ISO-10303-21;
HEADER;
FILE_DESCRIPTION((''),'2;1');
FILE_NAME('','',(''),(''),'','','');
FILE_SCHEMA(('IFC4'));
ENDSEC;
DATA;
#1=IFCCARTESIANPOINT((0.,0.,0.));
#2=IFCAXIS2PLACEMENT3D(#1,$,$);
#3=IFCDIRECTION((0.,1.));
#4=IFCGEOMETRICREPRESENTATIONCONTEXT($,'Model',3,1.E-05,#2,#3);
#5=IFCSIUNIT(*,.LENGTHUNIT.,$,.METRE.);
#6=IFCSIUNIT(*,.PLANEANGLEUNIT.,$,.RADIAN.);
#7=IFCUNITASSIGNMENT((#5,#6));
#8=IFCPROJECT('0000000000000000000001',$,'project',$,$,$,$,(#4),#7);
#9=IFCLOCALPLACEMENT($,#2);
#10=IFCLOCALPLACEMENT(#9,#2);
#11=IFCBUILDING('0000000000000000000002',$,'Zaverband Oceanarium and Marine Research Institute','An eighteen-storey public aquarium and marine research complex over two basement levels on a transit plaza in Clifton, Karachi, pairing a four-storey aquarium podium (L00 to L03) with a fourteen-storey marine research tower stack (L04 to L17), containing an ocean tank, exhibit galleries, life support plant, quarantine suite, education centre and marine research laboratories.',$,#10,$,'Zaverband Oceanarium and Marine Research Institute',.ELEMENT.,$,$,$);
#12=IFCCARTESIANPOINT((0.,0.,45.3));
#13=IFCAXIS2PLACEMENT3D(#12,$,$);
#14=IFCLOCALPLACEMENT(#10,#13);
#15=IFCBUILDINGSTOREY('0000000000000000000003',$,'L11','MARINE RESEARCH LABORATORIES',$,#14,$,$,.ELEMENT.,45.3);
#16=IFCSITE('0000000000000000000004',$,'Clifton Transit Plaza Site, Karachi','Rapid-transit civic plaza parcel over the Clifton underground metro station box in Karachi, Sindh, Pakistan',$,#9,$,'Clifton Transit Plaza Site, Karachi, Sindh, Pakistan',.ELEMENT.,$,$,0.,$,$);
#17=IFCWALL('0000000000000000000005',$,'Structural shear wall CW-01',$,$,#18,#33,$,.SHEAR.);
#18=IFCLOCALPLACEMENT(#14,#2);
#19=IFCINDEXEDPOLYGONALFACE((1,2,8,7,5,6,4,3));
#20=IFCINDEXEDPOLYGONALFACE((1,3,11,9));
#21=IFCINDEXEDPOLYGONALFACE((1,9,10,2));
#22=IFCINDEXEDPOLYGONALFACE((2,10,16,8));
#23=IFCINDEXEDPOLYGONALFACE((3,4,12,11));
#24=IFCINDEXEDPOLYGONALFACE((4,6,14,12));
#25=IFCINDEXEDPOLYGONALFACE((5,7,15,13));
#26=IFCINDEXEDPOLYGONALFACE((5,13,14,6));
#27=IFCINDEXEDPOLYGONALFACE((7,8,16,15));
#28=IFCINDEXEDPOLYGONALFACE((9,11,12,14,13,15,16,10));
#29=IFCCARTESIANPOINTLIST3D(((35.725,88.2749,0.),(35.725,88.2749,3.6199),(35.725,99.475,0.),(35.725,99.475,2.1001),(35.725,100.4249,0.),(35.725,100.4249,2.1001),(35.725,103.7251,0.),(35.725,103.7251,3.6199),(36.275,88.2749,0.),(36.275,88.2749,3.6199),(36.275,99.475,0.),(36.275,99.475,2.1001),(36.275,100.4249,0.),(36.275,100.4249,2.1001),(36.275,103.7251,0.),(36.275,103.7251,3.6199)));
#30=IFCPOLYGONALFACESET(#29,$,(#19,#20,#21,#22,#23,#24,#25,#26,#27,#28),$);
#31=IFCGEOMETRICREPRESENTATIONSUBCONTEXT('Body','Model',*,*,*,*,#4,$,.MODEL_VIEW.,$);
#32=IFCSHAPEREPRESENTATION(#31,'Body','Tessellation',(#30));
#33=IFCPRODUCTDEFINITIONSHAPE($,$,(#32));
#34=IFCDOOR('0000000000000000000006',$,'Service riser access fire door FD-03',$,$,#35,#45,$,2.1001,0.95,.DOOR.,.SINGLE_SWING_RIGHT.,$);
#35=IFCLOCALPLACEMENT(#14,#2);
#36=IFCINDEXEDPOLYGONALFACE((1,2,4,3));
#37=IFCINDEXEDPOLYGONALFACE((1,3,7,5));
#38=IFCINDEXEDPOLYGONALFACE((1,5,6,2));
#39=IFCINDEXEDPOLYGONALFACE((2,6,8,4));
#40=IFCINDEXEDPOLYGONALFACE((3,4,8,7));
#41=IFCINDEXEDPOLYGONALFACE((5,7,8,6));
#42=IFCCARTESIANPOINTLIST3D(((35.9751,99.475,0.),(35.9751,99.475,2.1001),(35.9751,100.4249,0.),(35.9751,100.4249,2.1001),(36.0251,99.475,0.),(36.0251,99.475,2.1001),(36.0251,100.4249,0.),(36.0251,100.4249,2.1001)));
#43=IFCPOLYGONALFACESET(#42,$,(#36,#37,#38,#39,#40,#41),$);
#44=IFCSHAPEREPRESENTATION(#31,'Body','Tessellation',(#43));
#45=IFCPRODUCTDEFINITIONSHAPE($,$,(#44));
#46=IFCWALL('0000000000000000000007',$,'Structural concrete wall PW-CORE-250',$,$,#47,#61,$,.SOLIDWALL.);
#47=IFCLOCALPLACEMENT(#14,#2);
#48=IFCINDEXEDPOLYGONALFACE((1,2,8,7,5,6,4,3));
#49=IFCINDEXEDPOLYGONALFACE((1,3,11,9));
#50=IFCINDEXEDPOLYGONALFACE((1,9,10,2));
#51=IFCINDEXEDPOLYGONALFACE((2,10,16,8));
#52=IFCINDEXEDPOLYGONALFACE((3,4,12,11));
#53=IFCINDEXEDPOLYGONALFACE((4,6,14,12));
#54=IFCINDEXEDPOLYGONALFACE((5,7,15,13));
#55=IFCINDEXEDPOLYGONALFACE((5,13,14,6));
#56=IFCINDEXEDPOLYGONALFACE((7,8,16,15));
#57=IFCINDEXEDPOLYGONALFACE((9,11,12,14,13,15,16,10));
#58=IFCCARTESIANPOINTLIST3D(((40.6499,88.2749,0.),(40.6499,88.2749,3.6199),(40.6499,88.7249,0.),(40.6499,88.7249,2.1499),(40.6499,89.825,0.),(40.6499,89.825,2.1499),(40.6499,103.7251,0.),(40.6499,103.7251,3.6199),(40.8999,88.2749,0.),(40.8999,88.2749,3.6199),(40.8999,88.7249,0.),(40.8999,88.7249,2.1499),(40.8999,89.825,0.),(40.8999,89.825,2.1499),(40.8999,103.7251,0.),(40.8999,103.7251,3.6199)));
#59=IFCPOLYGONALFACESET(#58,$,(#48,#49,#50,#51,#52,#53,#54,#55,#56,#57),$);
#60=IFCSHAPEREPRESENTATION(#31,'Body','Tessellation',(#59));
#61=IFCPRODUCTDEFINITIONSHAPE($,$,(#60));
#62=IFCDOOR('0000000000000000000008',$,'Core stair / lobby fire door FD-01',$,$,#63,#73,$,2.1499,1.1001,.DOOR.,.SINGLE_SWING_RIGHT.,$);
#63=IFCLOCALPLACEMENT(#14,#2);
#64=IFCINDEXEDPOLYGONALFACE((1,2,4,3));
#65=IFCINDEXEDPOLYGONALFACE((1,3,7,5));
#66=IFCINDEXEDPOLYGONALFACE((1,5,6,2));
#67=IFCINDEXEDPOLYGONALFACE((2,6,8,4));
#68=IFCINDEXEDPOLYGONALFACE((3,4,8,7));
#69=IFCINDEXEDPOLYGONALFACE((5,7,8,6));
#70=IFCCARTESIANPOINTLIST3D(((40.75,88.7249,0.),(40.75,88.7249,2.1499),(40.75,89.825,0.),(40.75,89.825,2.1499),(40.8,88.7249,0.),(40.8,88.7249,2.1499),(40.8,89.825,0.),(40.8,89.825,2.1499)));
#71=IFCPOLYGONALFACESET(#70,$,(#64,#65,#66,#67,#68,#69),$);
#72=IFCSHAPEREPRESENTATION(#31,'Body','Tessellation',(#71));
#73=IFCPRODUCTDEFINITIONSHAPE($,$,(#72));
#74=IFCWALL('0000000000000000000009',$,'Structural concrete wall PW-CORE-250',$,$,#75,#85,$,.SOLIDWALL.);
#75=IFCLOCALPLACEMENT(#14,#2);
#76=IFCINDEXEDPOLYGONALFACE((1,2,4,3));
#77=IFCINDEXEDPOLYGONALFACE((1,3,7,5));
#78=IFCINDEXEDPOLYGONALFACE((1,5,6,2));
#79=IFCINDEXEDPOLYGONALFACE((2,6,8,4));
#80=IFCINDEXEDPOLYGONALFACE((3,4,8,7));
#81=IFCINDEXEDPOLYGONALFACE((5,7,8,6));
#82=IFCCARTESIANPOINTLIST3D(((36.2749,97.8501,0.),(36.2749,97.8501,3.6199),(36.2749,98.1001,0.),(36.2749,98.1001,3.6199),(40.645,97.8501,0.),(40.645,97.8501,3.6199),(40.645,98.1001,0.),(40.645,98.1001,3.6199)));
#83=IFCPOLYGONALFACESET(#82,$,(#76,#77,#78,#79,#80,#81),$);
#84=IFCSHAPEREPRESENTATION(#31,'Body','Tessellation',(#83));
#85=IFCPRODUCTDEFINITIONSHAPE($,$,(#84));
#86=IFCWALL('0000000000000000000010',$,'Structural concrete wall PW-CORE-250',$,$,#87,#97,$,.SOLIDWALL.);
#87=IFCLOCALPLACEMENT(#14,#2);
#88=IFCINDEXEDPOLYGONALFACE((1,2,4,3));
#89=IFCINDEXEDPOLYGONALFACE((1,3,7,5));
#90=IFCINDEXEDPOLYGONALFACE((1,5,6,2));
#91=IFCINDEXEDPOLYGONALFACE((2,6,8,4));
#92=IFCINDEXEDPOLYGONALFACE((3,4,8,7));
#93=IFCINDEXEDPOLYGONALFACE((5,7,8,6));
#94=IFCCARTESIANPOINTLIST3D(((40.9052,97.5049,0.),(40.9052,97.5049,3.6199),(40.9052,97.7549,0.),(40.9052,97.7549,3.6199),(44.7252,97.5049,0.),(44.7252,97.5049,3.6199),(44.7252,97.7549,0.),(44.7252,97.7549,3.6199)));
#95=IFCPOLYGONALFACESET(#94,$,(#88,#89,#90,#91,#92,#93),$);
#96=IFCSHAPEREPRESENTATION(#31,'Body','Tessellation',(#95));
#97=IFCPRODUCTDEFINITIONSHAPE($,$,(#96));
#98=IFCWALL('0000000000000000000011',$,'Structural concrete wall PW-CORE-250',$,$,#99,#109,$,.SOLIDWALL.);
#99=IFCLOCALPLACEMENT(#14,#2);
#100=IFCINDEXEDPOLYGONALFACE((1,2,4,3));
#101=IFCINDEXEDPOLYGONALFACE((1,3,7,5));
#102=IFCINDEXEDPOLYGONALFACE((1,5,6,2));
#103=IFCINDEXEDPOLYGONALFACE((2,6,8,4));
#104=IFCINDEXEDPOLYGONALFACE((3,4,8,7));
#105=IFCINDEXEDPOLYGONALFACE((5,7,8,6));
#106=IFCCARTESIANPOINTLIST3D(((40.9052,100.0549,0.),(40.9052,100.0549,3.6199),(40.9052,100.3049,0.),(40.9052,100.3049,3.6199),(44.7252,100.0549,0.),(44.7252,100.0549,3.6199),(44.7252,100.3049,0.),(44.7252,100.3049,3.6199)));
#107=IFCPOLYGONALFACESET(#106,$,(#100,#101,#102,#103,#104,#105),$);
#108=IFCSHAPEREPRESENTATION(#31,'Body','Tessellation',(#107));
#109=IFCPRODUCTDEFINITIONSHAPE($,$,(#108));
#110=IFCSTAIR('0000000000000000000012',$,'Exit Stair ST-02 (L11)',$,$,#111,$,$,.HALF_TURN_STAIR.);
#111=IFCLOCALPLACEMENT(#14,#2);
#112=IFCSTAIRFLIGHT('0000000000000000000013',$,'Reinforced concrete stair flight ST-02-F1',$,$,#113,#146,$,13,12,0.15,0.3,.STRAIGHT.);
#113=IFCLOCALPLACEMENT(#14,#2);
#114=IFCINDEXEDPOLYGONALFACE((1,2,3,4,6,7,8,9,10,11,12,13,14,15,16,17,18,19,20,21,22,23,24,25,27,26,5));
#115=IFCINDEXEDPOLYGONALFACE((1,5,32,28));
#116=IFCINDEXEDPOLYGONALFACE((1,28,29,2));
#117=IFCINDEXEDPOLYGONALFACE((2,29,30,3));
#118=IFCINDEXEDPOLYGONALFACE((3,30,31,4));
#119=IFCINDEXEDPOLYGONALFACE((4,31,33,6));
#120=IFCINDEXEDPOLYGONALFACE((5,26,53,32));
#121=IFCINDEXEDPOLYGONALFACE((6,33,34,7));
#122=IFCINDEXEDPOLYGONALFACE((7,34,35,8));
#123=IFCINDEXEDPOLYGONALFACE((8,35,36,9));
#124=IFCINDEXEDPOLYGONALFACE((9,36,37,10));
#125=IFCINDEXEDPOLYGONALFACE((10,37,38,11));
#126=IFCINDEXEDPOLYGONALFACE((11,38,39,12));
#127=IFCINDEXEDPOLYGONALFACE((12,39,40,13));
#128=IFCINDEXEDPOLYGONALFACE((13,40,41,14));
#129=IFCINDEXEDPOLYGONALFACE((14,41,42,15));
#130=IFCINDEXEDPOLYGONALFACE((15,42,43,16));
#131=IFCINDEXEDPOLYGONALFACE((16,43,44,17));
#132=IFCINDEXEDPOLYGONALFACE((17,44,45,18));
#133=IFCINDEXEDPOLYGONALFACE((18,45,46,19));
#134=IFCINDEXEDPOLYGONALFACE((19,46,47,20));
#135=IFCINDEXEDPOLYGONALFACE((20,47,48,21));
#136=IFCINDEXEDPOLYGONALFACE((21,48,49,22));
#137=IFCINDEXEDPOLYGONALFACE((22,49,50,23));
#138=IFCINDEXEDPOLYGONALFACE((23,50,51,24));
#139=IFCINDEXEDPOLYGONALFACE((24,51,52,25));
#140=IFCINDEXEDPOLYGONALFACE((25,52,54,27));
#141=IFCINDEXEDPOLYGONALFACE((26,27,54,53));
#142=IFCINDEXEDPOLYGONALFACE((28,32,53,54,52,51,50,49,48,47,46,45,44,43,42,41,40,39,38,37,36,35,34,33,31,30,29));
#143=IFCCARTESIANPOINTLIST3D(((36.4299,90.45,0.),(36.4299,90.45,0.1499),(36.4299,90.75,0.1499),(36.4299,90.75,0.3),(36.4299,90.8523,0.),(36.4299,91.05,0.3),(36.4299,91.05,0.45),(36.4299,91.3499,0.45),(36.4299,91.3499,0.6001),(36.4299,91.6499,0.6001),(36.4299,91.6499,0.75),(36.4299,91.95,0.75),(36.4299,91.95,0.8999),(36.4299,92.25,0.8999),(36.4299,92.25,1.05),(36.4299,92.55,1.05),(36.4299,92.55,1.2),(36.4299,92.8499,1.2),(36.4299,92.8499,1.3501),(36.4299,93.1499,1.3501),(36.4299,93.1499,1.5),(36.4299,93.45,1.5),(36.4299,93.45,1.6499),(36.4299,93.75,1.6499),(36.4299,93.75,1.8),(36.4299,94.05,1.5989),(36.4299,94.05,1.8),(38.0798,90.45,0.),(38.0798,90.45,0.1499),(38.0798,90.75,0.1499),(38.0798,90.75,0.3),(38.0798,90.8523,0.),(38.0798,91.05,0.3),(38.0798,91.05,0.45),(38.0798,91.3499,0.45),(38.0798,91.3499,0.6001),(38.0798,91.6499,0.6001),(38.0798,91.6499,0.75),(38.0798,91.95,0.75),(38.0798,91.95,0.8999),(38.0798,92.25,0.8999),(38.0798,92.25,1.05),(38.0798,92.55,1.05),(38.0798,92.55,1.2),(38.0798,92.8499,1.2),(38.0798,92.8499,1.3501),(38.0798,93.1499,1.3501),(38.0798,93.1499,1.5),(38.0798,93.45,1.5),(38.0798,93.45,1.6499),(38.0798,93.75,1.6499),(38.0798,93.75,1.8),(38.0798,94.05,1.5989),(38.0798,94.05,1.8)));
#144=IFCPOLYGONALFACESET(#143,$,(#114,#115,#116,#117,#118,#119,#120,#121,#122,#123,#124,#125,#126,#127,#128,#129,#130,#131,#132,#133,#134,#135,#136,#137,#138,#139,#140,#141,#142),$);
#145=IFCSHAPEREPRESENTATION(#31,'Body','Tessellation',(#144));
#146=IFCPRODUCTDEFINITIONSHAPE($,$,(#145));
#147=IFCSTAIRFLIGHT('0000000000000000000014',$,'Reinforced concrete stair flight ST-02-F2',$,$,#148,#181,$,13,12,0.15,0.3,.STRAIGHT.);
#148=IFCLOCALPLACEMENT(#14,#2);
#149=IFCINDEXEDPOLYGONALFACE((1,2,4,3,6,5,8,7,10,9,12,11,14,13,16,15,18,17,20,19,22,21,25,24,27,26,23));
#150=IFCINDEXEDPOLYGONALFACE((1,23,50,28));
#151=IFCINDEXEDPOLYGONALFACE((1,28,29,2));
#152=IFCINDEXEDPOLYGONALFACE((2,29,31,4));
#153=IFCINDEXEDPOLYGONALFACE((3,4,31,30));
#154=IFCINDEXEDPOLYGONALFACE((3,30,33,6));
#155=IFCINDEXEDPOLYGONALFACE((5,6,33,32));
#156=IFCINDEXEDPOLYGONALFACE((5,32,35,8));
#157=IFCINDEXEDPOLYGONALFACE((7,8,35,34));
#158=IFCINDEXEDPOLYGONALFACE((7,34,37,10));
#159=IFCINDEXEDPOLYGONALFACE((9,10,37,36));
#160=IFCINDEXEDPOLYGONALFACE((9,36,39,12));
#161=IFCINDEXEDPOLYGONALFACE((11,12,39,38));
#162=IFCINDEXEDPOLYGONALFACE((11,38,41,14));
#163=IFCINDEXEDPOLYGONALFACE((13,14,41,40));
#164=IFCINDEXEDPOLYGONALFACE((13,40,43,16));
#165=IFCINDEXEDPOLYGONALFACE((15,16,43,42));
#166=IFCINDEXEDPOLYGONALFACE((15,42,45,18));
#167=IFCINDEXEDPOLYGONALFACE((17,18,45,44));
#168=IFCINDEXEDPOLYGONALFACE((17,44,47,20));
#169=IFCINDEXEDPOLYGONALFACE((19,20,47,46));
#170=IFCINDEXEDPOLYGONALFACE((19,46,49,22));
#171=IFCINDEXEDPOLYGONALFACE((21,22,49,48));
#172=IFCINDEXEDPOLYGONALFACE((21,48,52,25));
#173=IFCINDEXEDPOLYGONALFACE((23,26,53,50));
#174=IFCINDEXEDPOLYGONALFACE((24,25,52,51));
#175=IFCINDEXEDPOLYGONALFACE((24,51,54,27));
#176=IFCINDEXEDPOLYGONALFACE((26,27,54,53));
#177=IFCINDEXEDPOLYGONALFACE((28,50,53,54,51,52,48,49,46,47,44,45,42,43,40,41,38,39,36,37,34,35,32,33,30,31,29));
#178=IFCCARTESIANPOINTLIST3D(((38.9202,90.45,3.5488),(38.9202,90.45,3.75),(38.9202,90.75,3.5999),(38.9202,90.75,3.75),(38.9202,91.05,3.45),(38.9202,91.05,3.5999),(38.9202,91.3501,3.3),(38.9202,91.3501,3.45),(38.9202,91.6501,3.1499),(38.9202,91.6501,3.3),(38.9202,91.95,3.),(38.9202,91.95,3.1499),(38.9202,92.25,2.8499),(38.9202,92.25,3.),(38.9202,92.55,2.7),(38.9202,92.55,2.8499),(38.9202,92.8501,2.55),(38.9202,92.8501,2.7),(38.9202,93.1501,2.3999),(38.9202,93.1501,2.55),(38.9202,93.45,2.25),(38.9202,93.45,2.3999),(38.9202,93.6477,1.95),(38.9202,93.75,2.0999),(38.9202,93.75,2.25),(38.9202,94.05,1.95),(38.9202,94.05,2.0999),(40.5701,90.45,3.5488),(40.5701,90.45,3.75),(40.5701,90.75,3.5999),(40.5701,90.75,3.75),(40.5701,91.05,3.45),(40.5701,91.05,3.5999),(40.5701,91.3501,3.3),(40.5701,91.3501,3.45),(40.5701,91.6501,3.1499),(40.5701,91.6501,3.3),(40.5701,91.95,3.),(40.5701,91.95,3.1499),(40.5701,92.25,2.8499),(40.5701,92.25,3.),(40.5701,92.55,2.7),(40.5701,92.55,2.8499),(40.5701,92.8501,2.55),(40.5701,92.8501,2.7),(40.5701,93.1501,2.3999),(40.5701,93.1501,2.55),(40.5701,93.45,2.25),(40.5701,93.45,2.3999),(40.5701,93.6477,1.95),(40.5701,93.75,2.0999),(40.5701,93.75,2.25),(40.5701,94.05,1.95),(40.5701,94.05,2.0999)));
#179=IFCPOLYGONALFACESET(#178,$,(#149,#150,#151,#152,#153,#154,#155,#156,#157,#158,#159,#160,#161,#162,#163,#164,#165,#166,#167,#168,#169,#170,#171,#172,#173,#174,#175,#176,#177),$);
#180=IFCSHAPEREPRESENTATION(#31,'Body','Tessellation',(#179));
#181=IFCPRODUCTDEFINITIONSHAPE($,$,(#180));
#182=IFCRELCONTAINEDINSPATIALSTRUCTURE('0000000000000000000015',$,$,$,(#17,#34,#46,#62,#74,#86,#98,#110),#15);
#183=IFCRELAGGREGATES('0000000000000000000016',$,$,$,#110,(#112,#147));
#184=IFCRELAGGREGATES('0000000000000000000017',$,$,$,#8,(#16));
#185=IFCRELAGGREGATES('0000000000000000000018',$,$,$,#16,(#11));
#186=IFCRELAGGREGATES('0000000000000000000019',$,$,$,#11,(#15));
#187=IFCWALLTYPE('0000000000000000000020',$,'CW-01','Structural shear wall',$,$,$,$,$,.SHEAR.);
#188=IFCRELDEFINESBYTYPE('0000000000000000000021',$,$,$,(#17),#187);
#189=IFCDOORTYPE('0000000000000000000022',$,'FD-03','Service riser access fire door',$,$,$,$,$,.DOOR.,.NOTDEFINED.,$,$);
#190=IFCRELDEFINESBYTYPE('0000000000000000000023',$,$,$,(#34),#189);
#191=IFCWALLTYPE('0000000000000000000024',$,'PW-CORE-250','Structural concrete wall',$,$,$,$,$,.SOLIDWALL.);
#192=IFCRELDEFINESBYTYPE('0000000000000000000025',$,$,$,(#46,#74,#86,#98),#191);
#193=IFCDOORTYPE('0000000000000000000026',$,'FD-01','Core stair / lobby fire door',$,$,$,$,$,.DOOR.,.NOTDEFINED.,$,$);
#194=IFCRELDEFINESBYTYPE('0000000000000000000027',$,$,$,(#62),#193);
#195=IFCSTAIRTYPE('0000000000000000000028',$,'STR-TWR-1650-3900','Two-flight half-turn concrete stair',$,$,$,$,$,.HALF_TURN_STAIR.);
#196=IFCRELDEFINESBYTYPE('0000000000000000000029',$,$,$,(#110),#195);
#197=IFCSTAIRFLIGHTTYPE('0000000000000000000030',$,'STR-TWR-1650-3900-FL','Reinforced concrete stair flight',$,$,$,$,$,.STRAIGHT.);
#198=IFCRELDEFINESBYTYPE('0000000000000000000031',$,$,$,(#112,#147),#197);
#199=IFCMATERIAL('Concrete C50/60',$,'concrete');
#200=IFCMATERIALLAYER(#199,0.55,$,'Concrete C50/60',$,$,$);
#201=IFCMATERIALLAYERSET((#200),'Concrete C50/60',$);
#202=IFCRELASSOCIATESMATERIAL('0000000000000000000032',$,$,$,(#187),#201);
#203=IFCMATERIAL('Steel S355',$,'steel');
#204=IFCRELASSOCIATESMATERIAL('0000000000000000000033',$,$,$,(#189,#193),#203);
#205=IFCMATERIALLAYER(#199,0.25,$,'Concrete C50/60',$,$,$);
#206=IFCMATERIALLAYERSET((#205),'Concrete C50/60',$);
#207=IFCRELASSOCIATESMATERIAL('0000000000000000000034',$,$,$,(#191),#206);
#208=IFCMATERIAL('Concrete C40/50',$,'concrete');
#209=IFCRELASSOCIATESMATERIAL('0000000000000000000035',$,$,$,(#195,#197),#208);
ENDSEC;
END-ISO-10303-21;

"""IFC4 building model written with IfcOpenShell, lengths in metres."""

from ifc_helpers import new_model, si_unit, direction, frame, frame_2d, origin, place, context, subcontext, project, spatial, polyline, rectangle, outline, extrude, material, layer, layer_set, type_object, element, fill, aggregate, save


model = new_model("IFC4")

# Units and contexts
model_context = context("Model", 3, precision=1e-05, world=origin(), true_north=direction((0.0, 1.0)))
body_context = subcontext(model_context, "Body", "Model", "MODEL_VIEW")
ifc_project = project(units=[si_unit("LENGTHUNIT", "METRE"), si_unit("PLANEANGLEUNIT", "RADIAN")], contexts=[model_context])

# Site, building, storey
site_placement = place(None, origin())
site = spatial("IfcSite", under=ifc_project, at=site_placement, Name="Clifton Transit Plaza Site, Karachi", Description="Rapid-transit civic plaza parcel over the Clifton underground metro station box in Karachi, Sindh, Pakistan", LongName="Clifton Transit Plaza Site, Karachi, Sindh, Pakistan", CompositionType="ELEMENT", RefElevation=0.0)
building_placement = place(site_placement, origin())
building = spatial("IfcBuilding", under=site, at=building_placement, Name="Zaverband Oceanarium and Marine Research Institute", Description="An eighteen-storey public aquarium and marine research complex over two basement levels on a transit plaza in Clifton, Karachi, pairing a four-storey aquarium podium (L00 to L03) with a fourteen-storey marine research tower stack (L04 to L17), containing an ocean tank, exhibit galleries, life support plant, quarantine suite, education centre and marine research laboratories.", LongName="Zaverband Oceanarium and Marine Research Institute", CompositionType="ELEMENT")
storey_placement = place(building_placement, frame((0.0, 0.0, 45.3)))
storey = spatial("IfcBuildingStorey", under=building, at=storey_placement, Name="L11", Description="MARINE RESEARCH LABORATORIES", CompositionType="ELEMENT", Elevation=45.3)

# Shared definitions
ifc_material_1 = material(Name="Concrete C50/60", Category="concrete")

# Shared definitions
ifc_material_2 = material(Name="Concrete C40/50", Category="concrete")

# Shared definitions
ifc_layer_1 = layer(ifc_material_1, 0.55, Name="Concrete C50/60")
ifc_layer_set_1 = layer_set([ifc_layer_1], Name="Concrete C50/60")
wall_type_1 = type_object("IfcWallType", Name="CW-01", Description="Structural shear wall", PredefinedType="SHEAR", material=ifc_layer_set_1)
ifc_material_3 = material(Name="Steel S355", Category="steel")

# Walls, openings, doors
wall_1_placement = place(storey_placement, frame((36.0, 88.2749, 0.0), z_axis=(0.0, 0.0, 1.0), x_axis=(0.0, 1.0, 0.0)))
wall_1 = element("IfcWall", 1, at=wall_1_placement, inside=storey, type_object=wall_type_1, Name="Structural shear wall CW-01", PredefinedType="SHEAR", context=body_context, shape_type="SweptSolid", body=[
    extrude(rectangle(XDim=15.4502, YDim=0.55, at=frame_2d((7.7251, 0.0))), origin(), (0.0, 0.0, 1.0), 3.6199),
])
opening_1_placement = place(wall_1_placement, frame((11.2, 0.0, 0.0)))
opening_1 = element("IfcOpeningElement", 2, at=opening_1_placement, cuts=wall_1, PredefinedType="OPENING", context=body_context, shape_type="SweptSolid", body=[
    extrude(rectangle(XDim=0.95, YDim=2.1001, at=frame_2d((0.4751, 1.05))), frame((0.0, 0.2871, 0.0), z_axis=(0.0, -1.0, 0.0), x_axis=(1.0, 0.0, 0.0)), (0.0, 0.0, 1.0), 0.574),
])
door_type_1 = type_object("IfcDoorType", Name="FD-03", Description="Service riser access fire door", OperationType="NOTDEFINED", PredefinedType="DOOR", material=ifc_material_3)
door_1_placement = place(opening_1_placement, origin())
door_1 = element("IfcDoor", 3, at=door_1_placement, inside=storey, type_object=door_type_1, Name="Service riser access fire door FD-03", OperationType="SINGLE_SWING_RIGHT", OverallHeight=2.1001, OverallWidth=0.95, PredefinedType="DOOR", context=body_context, shape_type="SweptSolid", body=[
    extrude(rectangle(XDim=0.95, YDim=2.1001, at=frame_2d((0.4751, 1.05))), frame((0.0, 0.0249, 0.0), z_axis=(0.0, -1.0, 0.0), x_axis=(1.0, 0.0, 0.0)), (0.0, 0.0, 1.0), 0.05),
])
fill(opening_1, door_1)
ifc_layer_2 = layer(ifc_material_1, 0.25, Name="Concrete C50/60")
ifc_layer_set_2 = layer_set([ifc_layer_2], Name="Concrete C50/60")
wall_type_2 = type_object("IfcWallType", Name="PW-CORE-250", Description="Structural concrete wall", PredefinedType="SOLIDWALL", material=ifc_layer_set_2)
wall_2_placement = place(storey_placement, frame((40.7749, 88.2749, 0.0), z_axis=(0.0, 0.0, 1.0), x_axis=(0.0, 1.0, 0.0)))
wall_2 = element("IfcWall", 4, at=wall_2_placement, inside=storey, type_object=wall_type_2, Name="Structural concrete wall PW-CORE-250", PredefinedType="SOLIDWALL", context=body_context, shape_type="SweptSolid", body=[
    extrude(rectangle(XDim=15.4502, YDim=0.25, at=frame_2d((7.7251, 0.0))), origin(), (0.0, 0.0, 1.0), 3.6199),
])
opening_2_placement = place(wall_2_placement, frame((0.45, 0.0, 0.0)))
opening_2 = element("IfcOpeningElement", 5, at=opening_2_placement, cuts=wall_2, PredefinedType="OPENING", context=body_context, shape_type="SweptSolid", body=[
    extrude(rectangle(XDim=1.1001, YDim=2.1499, at=frame_2d((0.55, 1.075))), frame((0.0, 0.137, 0.0), z_axis=(0.0, -1.0, 0.0), x_axis=(1.0, 0.0, 0.0)), (0.0, 0.0, 1.0), 0.2739),
])
door_type_2 = type_object("IfcDoorType", Name="FD-01", Description="Core stair / lobby fire door", OperationType="NOTDEFINED", PredefinedType="DOOR", material=ifc_material_3)
door_2_placement = place(opening_2_placement, origin())
door_2 = element("IfcDoor", 6, at=door_2_placement, inside=storey, type_object=door_type_2, Name="Core stair / lobby fire door FD-01", OperationType="SINGLE_SWING_RIGHT", OverallHeight=2.1499, OverallWidth=1.1001, PredefinedType="DOOR", context=body_context, shape_type="SweptSolid", body=[
    extrude(rectangle(XDim=1.1001, YDim=2.1499, at=frame_2d((0.55, 1.075))), frame((0.0, 0.0249, 0.0), z_axis=(0.0, -1.0, 0.0), x_axis=(1.0, 0.0, 0.0)), (0.0, 0.0, 1.0), 0.05),
])
fill(opening_2, door_2)

# Wall
wall_3_placement = place(storey_placement, frame((36.2749, 97.9751, 0.0), z_axis=(0.0, 0.0, 1.0), x_axis=(1.0, 0.0, 0.0)))
element("IfcWall", 7, at=wall_3_placement, inside=storey, type_object=wall_type_2, Name="Structural concrete wall PW-CORE-250", PredefinedType="SOLIDWALL", context=body_context, shape_type="SweptSolid", body=[
    extrude(rectangle(XDim=4.3701, YDim=0.25, at=frame_2d((2.1851, 0.0))), origin(), (0.0, 0.0, 1.0), 3.6199),
])

# Walls
for number, where, z_axis, x_axis, name in (
    (8, (40.905, 97.6299, 0.0), (0.0, 0.0, 1.0), (1.0, 0.0, 0.0), "Structural concrete wall PW-CORE-250"),
    (9, (40.905, 100.1799, 0.0), (0.0, 0.0, 1.0), (1.0, 0.0, 0.0), "Structural concrete wall PW-CORE-250"),
):
    element("IfcWall", number, at=place(storey_placement, frame(where, z_axis=z_axis, x_axis=x_axis)), inside=storey, type_object=wall_type_2, Name=name, PredefinedType="SOLIDWALL", context=body_context, shape_type="SweptSolid", body=[
        extrude(rectangle(XDim=3.8201, YDim=0.25, at=frame_2d((1.9102, 0.0))), origin(), (0.0, 0.0, 1.0), 3.6199),
    ])

# Stair, stair flights
stair_type = type_object("IfcStairType", Name="STR-TWR-1650-3900", Description="Two-flight half-turn concrete stair", PredefinedType="HALF_TURN_STAIR", material=ifc_material_2)
stair_placement = place(storey_placement, origin())
stair = element("IfcStair", 10, at=stair_placement, inside=storey, type_object=stair_type, Name="Exit Stair ST-02 (L11)", PredefinedType="HALF_TURN_STAIR")
stair_flight_type = type_object("IfcStairFlightType", Name="STR-TWR-1650-3900-FL", Description="Reinforced concrete stair flight", PredefinedType="STRAIGHT", material=ifc_material_2)
stair_flight_1_placement = place(storey_placement, frame((37.2549, 90.45, 0.0), z_axis=(0.0, 0.0, 1.0), x_axis=(0.0, 1.0, 0.0)))
stair_flight_1 = element("IfcStairFlight", 11, at=stair_flight_1_placement, type_object=stair_flight_type, Name="Reinforced concrete stair flight ST-02-F1", NumberOfRisers=13, NumberOfTreads=12, PredefinedType="STRAIGHT", RiserHeight=0.15, TreadLength=0.3, context=body_context, shape_type="SweptSolid", body=[
    extrude(outline(polyline([(0.0, 0.0), (0.0, 0.1499), (0.3, 0.1499), (0.3, 0.3), (0.6001, 0.3), (0.6001, 0.45), (0.8999, 0.45), (0.8999, 0.6001), (1.2, 0.6001), (1.2, 0.75), (1.5, 0.75), (1.5, 0.8999), (1.8, 0.8999), (1.8, 1.05), (2.1001, 1.05), (2.1001, 1.2), (2.3999, 1.2), (2.3999, 1.3501), (2.7, 1.3501), (2.7, 1.5), (3.0, 1.5), (3.0, 1.6499), (3.3, 1.6499), (3.3, 1.8), (3.6001, 1.8), (3.6001, 1.95), (3.6001, 1.5989), (0.4023, 0.0), (0.0, 0.0)])), frame((0.0, 0.825, 0.0), z_axis=(0.0, -1.0, 0.0), x_axis=(1.0, 0.0, 0.0)), (0.0, 0.0, 1.0), 1.6499),
])
stair_flight_2_placement = place(storey_placement, frame((39.7451, 94.05, 1.95), z_axis=(0.0, 0.0, 1.0), x_axis=(0.0, -1.0, 0.0)))
stair_flight_2 = element("IfcStairFlight", 12, at=stair_flight_2_placement, type_object=stair_flight_type, Name="Reinforced concrete stair flight ST-02-F2", NumberOfRisers=13, NumberOfTreads=12, PredefinedType="STRAIGHT", RiserHeight=0.15, TreadLength=0.3, context=body_context, shape_type="SweptSolid", body=[
    extrude(outline(polyline([(0.0, 0.0), (0.0, 0.1499), (0.3, 0.1499), (0.3, 0.3), (0.6001, 0.3), (0.6001, 0.45), (0.8999, 0.45), (0.8999, 0.6001), (1.2, 0.6001), (1.2, 0.75), (1.5, 0.75), (1.5, 0.8999), (1.8, 0.8999), (1.8, 1.05), (2.1001, 1.05), (2.1001, 1.2), (2.3999, 1.2), (2.3999, 1.3501), (2.7, 1.3501), (2.7, 1.5), (3.0, 1.5), (3.0, 1.6499), (3.3, 1.6499), (3.3, 1.8), (3.6001, 1.8), (3.6001, 1.95), (3.6001, 1.5989), (0.4023, 0.0), (0.0, 0.0)])), frame((0.0, 0.825, 0.0), z_axis=(0.0, -1.0, 0.0), x_axis=(1.0, 0.0, 0.0)), (0.0, 0.0, 1.0), 1.6499),
])
aggregate(stair, [stair_flight_1, stair_flight_2])

save(model, "model.ifc")
